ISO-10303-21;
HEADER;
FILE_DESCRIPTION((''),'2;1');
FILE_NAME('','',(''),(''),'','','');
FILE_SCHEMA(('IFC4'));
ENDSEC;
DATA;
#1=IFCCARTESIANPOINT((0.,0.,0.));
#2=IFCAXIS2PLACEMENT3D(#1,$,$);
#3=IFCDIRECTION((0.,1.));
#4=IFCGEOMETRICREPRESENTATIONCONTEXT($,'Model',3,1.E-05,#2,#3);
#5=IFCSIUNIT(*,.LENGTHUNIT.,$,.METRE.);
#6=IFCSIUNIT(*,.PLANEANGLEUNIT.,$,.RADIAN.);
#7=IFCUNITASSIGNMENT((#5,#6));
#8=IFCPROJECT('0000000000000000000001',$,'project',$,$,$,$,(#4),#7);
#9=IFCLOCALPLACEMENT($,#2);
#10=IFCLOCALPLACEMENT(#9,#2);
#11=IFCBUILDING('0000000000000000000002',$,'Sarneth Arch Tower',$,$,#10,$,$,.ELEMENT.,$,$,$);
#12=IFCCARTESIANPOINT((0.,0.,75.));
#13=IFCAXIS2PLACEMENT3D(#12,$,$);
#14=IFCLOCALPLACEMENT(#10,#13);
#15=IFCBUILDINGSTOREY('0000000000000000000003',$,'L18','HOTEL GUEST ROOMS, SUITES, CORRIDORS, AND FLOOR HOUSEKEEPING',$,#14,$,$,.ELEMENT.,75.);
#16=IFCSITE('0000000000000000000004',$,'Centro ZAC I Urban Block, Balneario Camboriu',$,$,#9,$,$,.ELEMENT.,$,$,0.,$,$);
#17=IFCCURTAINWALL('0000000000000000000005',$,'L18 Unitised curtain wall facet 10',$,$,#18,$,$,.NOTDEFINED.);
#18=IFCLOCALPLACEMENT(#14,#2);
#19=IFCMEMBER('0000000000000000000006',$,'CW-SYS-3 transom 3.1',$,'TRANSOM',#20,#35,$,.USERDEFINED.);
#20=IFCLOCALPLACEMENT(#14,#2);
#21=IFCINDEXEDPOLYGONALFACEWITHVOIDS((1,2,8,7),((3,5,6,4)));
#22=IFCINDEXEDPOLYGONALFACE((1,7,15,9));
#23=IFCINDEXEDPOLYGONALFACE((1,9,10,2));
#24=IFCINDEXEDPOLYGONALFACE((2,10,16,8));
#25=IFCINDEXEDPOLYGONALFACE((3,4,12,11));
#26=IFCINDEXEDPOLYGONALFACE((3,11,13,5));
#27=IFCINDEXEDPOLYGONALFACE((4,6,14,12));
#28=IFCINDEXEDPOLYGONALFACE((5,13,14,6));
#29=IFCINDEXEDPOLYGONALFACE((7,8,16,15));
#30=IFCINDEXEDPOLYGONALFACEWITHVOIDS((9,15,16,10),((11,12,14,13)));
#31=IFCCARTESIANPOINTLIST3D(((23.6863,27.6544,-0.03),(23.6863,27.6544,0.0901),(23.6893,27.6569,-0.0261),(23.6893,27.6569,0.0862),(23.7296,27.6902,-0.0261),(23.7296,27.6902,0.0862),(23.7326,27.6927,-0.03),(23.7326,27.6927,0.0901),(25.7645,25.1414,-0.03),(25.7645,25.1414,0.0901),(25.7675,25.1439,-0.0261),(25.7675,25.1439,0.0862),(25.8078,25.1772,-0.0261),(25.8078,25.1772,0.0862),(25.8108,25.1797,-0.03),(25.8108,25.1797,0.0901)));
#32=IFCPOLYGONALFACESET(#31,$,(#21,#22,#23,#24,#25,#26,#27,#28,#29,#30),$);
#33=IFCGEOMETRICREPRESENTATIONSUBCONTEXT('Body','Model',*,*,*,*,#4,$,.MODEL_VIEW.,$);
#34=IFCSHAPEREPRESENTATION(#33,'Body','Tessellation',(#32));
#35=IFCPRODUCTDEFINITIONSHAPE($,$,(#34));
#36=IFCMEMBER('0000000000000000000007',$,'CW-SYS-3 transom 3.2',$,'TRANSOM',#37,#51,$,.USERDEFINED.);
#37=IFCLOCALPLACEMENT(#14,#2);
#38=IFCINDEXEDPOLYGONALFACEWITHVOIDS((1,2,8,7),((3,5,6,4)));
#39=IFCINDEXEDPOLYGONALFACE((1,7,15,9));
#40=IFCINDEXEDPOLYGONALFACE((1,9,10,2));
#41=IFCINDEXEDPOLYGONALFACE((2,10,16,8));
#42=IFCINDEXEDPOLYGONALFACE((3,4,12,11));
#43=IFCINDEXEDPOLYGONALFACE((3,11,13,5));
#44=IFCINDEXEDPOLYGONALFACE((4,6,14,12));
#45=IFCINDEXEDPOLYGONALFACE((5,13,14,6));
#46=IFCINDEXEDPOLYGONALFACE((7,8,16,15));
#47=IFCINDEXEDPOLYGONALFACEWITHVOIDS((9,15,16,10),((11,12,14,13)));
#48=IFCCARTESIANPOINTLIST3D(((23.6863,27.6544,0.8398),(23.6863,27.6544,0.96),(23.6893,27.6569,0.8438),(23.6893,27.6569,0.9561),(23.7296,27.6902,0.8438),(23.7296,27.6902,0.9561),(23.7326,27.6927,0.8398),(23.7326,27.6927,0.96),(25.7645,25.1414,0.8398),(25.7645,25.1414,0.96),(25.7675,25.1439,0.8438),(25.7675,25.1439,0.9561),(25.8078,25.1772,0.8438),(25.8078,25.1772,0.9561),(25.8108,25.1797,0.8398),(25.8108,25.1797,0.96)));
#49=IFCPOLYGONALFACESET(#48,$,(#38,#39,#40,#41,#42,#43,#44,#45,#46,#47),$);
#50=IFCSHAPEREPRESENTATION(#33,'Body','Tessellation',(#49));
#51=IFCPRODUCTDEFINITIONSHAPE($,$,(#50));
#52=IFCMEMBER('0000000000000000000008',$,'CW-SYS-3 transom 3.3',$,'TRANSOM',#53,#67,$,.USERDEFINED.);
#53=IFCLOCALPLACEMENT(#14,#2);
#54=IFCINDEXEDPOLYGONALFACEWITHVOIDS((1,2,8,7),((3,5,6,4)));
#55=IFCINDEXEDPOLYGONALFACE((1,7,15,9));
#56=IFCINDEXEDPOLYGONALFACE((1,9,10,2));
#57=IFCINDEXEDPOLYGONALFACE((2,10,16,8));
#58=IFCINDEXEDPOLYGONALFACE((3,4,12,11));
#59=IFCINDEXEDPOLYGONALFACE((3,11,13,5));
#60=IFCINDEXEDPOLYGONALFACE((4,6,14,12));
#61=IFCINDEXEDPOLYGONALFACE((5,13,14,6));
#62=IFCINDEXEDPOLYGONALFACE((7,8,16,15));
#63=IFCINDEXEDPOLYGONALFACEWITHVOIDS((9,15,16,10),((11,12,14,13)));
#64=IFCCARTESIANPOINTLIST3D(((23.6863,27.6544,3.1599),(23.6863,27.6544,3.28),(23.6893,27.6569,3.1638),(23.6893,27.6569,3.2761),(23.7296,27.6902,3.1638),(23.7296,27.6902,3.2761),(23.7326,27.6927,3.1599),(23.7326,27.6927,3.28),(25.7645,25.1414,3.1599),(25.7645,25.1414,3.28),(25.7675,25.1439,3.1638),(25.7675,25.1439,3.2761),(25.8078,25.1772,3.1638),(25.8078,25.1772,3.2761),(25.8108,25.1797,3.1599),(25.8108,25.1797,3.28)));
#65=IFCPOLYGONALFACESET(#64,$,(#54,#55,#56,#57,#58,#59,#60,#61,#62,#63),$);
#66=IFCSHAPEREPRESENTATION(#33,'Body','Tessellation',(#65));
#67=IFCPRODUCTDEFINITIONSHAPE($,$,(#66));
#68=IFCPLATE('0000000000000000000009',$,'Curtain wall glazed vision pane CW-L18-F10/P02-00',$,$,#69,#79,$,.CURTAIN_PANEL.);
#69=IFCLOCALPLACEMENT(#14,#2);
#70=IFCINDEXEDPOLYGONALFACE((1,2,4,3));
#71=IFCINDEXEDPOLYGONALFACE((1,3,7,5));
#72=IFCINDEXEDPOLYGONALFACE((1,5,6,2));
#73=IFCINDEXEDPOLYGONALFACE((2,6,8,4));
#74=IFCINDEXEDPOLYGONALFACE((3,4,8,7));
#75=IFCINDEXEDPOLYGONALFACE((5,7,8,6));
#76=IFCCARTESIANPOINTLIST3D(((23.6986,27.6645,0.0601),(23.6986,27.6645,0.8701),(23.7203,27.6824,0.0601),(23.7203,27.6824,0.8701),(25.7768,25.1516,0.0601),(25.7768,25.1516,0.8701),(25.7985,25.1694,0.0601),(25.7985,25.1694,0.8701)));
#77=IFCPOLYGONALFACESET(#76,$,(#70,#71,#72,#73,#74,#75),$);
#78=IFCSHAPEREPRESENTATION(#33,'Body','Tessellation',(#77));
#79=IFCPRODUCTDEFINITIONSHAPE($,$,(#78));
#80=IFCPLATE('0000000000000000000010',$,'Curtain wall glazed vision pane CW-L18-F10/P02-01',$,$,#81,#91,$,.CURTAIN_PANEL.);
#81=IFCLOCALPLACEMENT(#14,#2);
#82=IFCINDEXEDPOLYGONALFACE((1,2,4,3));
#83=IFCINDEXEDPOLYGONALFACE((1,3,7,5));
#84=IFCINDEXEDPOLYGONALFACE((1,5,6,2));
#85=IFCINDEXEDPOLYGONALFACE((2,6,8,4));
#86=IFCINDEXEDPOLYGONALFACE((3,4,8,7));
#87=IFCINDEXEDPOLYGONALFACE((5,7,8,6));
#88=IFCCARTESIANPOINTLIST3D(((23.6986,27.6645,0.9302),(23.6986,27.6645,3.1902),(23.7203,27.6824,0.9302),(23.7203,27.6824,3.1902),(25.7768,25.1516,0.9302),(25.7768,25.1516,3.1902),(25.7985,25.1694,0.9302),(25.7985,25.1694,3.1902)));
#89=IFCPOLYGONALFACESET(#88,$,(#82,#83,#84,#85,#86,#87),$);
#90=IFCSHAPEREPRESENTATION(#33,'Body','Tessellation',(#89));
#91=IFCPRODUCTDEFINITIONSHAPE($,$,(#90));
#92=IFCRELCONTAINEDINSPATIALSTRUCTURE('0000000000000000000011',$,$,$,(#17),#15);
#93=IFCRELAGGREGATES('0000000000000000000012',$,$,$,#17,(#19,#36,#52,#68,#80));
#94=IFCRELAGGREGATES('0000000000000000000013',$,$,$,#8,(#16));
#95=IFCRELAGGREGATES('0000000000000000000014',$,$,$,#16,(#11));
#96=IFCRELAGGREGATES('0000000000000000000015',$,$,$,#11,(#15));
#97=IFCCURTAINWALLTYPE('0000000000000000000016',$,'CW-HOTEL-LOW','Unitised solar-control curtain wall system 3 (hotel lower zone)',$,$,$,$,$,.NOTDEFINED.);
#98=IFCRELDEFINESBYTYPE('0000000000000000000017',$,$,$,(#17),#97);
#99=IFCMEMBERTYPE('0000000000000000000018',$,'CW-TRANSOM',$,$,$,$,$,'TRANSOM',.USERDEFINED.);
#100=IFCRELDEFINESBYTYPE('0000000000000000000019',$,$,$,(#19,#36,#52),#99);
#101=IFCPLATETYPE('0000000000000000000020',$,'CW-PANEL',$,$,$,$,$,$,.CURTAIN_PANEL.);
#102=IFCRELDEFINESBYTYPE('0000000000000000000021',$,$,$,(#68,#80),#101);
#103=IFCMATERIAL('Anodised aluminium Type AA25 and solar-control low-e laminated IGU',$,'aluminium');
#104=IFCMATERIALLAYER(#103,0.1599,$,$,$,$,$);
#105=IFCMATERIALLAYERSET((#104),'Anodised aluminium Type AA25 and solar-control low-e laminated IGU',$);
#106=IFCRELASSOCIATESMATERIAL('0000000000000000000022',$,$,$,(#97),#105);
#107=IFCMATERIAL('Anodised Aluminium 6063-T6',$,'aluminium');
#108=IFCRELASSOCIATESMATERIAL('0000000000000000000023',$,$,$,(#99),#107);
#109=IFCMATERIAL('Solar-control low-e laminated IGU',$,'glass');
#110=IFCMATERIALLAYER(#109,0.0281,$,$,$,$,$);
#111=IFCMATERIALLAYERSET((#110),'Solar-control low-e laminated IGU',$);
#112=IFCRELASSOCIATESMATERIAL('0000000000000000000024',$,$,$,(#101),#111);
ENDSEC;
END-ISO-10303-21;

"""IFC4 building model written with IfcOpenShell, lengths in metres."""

from ifc_helpers import new_model, si_unit, direction, frame, origin, origin_2d, place, context, subcontext, project, spatial, rectangle, hollow_rectangle, extrude, material, layer, layer_set, material_profile, profile_set, type_object, element, aggregate, save


model = new_model("IFC4")

# Units and contexts
model_context = context("Model", 3, precision=1e-05, world=origin(), true_north=direction((0.0, 1.0)))
body_context = subcontext(model_context, "Body", "Model", "MODEL_VIEW")
ifc_project = project(units=[si_unit("LENGTHUNIT", "METRE"), si_unit("PLANEANGLEUNIT", "RADIAN")], contexts=[model_context])

# Site, building, storey
site_placement = place(None, origin())
site = spatial("IfcSite", under=ifc_project, at=site_placement, Name="Centro ZAC I Urban Block, Balneario Camboriu", CompositionType="ELEMENT", RefElevation=0.0)
building_placement = place(site_placement, origin())
building = spatial("IfcBuilding", under=site, at=building_placement, Name="Sarneth Arch Tower", CompositionType="ELEMENT")
storey_placement = place(building_placement, frame((0.0, 0.0, 75.0)))
storey = spatial("IfcBuildingStorey", under=building, at=storey_placement, Name="L18", Description="HOTEL GUEST ROOMS, SUITES, CORRIDORS, AND FLOOR HOUSEKEEPING", CompositionType="ELEMENT", Elevation=75.0)

# Curtain wall, members, plates
ifc_material_1 = material(Name="Anodised aluminium Type AA25 and solar-control low-e laminated IGU", Category="aluminium")
ifc_layer_1 = layer(ifc_material_1, 0.1599)
ifc_layer_set_1 = layer_set([ifc_layer_1], Name="Anodised aluminium Type AA25 and solar-control low-e laminated IGU")
curtain_wall_type = type_object("IfcCurtainWallType", Name="CW-HOTEL-LOW", Description="Unitised solar-control curtain wall system 3 (hotel lower zone)", PredefinedType="NOTDEFINED", material=ifc_layer_set_1)
curtain_wall_placement = place(storey_placement, origin())
curtain_wall = element("IfcCurtainWall", 1, at=curtain_wall_placement, inside=storey, type_object=curtain_wall_type, Name="L18 Unitised curtain wall facet 10", PredefinedType="NOTDEFINED")
ifc_material_2 = material(Name="Anodised Aluminium 6063-T6", Category="aluminium")
ifc_material_profile_1 = material_profile(ifc_material_2, hollow_rectangle(XDim=0.0601, YDim=0.1201, WallThickness=0.0039, at=origin_2d()), Name="AL-TRAN-120x60x4")
ifc_profile_set_1 = profile_set([ifc_material_profile_1], Name="Anodised Aluminium 6063-T6")
member_type_1 = type_object("IfcMemberType", Name="CW-TRANSOM", ElementType="TRANSOM", PredefinedType="USERDEFINED", material=ifc_profile_set_1)
member_1_placement = place(storey_placement, frame((23.7095, 27.6736, 0.03), z_axis=(0.637286, -0.770628, 0.0), x_axis=(0.770628, 0.637286, 0.0)))
member_1 = element("IfcMember", 2, at=member_1_placement, type_object=member_type_1, Name="CW-SYS-3 transom 3.1", ObjectType="TRANSOM", PredefinedType="USERDEFINED", context=body_context, shape_type="SweptSolid", body=[
    extrude(hollow_rectangle(XDim=0.0601, YDim=0.1201, WallThickness=0.0039, at=origin_2d()), origin(), (0.0, 0.0, 1.0), 3.261),
])
member_2_placement = place(storey_placement, frame((23.7095, 27.6736, 0.8999), z_axis=(0.637286, -0.770628, 0.0), x_axis=(0.770628, 0.637286, 0.0)))
member_2 = element("IfcMember", 3, at=member_2_placement, type_object=member_type_1, Name="CW-SYS-3 transom 3.2", ObjectType="TRANSOM", PredefinedType="USERDEFINED", context=body_context, shape_type="SweptSolid", body=[
    extrude(hollow_rectangle(XDim=0.0601, YDim=0.1201, WallThickness=0.0039, at=origin_2d()), origin(), (0.0, 0.0, 1.0), 3.261),
])
member_3_placement = place(storey_placement, frame((23.7095, 27.6736, 3.22), z_axis=(0.637286, -0.770628, 0.0), x_axis=(0.770628, 0.637286, 0.0)))
member_3 = element("IfcMember", 4, at=member_3_placement, type_object=member_type_1, Name="CW-SYS-3 transom 3.3", ObjectType="TRANSOM", PredefinedType="USERDEFINED", context=body_context, shape_type="SweptSolid", body=[
    extrude(hollow_rectangle(XDim=0.0601, YDim=0.1201, WallThickness=0.0039, at=origin_2d()), origin(), (0.0, 0.0, 1.0), 3.261),
])
ifc_material_3 = material(Name="Solar-control low-e laminated IGU", Category="glass")
ifc_layer_2 = layer(ifc_material_3, 0.0281)
ifc_layer_set_2 = layer_set([ifc_layer_2], Name="Solar-control low-e laminated IGU")
plate_type = type_object("IfcPlateType", Name="CW-PANEL", PredefinedType="CURTAIN_PANEL", material=ifc_layer_set_2)
plate_1_placement = place(storey_placement, frame((24.7485, 26.417, 0.0601), z_axis=(0.0, 0.0, 1.0), x_axis=(0.637291, -0.770623, 0.0)))
plate_1 = element("IfcPlate", 5, at=plate_1_placement, type_object=plate_type, Name="Curtain wall glazed vision pane CW-L18-F10/P02-00", PredefinedType="CURTAIN_PANEL", context=body_context, shape_type="SweptSolid", body=[
    extrude(rectangle(XDim=3.261, YDim=0.0281, at=origin_2d()), origin(), (0.0, 0.0, 1.0), 0.8101),
])
plate_2_placement = place(storey_placement, frame((24.7485, 26.417, 0.9302), z_axis=(0.0, 0.0, 1.0), x_axis=(0.637291, -0.770623, 0.0)))
plate_2 = element("IfcPlate", 6, at=plate_2_placement, type_object=plate_type, Name="Curtain wall glazed vision pane CW-L18-F10/P02-01", PredefinedType="CURTAIN_PANEL", context=body_context, shape_type="SweptSolid", body=[
    extrude(rectangle(XDim=3.261, YDim=0.0281, at=origin_2d()), origin(), (0.0, 0.0, 1.0), 2.26),
])
aggregate(curtain_wall, [member_1, member_2, member_3, plate_1, plate_2])

save(model, "model.ifc")
